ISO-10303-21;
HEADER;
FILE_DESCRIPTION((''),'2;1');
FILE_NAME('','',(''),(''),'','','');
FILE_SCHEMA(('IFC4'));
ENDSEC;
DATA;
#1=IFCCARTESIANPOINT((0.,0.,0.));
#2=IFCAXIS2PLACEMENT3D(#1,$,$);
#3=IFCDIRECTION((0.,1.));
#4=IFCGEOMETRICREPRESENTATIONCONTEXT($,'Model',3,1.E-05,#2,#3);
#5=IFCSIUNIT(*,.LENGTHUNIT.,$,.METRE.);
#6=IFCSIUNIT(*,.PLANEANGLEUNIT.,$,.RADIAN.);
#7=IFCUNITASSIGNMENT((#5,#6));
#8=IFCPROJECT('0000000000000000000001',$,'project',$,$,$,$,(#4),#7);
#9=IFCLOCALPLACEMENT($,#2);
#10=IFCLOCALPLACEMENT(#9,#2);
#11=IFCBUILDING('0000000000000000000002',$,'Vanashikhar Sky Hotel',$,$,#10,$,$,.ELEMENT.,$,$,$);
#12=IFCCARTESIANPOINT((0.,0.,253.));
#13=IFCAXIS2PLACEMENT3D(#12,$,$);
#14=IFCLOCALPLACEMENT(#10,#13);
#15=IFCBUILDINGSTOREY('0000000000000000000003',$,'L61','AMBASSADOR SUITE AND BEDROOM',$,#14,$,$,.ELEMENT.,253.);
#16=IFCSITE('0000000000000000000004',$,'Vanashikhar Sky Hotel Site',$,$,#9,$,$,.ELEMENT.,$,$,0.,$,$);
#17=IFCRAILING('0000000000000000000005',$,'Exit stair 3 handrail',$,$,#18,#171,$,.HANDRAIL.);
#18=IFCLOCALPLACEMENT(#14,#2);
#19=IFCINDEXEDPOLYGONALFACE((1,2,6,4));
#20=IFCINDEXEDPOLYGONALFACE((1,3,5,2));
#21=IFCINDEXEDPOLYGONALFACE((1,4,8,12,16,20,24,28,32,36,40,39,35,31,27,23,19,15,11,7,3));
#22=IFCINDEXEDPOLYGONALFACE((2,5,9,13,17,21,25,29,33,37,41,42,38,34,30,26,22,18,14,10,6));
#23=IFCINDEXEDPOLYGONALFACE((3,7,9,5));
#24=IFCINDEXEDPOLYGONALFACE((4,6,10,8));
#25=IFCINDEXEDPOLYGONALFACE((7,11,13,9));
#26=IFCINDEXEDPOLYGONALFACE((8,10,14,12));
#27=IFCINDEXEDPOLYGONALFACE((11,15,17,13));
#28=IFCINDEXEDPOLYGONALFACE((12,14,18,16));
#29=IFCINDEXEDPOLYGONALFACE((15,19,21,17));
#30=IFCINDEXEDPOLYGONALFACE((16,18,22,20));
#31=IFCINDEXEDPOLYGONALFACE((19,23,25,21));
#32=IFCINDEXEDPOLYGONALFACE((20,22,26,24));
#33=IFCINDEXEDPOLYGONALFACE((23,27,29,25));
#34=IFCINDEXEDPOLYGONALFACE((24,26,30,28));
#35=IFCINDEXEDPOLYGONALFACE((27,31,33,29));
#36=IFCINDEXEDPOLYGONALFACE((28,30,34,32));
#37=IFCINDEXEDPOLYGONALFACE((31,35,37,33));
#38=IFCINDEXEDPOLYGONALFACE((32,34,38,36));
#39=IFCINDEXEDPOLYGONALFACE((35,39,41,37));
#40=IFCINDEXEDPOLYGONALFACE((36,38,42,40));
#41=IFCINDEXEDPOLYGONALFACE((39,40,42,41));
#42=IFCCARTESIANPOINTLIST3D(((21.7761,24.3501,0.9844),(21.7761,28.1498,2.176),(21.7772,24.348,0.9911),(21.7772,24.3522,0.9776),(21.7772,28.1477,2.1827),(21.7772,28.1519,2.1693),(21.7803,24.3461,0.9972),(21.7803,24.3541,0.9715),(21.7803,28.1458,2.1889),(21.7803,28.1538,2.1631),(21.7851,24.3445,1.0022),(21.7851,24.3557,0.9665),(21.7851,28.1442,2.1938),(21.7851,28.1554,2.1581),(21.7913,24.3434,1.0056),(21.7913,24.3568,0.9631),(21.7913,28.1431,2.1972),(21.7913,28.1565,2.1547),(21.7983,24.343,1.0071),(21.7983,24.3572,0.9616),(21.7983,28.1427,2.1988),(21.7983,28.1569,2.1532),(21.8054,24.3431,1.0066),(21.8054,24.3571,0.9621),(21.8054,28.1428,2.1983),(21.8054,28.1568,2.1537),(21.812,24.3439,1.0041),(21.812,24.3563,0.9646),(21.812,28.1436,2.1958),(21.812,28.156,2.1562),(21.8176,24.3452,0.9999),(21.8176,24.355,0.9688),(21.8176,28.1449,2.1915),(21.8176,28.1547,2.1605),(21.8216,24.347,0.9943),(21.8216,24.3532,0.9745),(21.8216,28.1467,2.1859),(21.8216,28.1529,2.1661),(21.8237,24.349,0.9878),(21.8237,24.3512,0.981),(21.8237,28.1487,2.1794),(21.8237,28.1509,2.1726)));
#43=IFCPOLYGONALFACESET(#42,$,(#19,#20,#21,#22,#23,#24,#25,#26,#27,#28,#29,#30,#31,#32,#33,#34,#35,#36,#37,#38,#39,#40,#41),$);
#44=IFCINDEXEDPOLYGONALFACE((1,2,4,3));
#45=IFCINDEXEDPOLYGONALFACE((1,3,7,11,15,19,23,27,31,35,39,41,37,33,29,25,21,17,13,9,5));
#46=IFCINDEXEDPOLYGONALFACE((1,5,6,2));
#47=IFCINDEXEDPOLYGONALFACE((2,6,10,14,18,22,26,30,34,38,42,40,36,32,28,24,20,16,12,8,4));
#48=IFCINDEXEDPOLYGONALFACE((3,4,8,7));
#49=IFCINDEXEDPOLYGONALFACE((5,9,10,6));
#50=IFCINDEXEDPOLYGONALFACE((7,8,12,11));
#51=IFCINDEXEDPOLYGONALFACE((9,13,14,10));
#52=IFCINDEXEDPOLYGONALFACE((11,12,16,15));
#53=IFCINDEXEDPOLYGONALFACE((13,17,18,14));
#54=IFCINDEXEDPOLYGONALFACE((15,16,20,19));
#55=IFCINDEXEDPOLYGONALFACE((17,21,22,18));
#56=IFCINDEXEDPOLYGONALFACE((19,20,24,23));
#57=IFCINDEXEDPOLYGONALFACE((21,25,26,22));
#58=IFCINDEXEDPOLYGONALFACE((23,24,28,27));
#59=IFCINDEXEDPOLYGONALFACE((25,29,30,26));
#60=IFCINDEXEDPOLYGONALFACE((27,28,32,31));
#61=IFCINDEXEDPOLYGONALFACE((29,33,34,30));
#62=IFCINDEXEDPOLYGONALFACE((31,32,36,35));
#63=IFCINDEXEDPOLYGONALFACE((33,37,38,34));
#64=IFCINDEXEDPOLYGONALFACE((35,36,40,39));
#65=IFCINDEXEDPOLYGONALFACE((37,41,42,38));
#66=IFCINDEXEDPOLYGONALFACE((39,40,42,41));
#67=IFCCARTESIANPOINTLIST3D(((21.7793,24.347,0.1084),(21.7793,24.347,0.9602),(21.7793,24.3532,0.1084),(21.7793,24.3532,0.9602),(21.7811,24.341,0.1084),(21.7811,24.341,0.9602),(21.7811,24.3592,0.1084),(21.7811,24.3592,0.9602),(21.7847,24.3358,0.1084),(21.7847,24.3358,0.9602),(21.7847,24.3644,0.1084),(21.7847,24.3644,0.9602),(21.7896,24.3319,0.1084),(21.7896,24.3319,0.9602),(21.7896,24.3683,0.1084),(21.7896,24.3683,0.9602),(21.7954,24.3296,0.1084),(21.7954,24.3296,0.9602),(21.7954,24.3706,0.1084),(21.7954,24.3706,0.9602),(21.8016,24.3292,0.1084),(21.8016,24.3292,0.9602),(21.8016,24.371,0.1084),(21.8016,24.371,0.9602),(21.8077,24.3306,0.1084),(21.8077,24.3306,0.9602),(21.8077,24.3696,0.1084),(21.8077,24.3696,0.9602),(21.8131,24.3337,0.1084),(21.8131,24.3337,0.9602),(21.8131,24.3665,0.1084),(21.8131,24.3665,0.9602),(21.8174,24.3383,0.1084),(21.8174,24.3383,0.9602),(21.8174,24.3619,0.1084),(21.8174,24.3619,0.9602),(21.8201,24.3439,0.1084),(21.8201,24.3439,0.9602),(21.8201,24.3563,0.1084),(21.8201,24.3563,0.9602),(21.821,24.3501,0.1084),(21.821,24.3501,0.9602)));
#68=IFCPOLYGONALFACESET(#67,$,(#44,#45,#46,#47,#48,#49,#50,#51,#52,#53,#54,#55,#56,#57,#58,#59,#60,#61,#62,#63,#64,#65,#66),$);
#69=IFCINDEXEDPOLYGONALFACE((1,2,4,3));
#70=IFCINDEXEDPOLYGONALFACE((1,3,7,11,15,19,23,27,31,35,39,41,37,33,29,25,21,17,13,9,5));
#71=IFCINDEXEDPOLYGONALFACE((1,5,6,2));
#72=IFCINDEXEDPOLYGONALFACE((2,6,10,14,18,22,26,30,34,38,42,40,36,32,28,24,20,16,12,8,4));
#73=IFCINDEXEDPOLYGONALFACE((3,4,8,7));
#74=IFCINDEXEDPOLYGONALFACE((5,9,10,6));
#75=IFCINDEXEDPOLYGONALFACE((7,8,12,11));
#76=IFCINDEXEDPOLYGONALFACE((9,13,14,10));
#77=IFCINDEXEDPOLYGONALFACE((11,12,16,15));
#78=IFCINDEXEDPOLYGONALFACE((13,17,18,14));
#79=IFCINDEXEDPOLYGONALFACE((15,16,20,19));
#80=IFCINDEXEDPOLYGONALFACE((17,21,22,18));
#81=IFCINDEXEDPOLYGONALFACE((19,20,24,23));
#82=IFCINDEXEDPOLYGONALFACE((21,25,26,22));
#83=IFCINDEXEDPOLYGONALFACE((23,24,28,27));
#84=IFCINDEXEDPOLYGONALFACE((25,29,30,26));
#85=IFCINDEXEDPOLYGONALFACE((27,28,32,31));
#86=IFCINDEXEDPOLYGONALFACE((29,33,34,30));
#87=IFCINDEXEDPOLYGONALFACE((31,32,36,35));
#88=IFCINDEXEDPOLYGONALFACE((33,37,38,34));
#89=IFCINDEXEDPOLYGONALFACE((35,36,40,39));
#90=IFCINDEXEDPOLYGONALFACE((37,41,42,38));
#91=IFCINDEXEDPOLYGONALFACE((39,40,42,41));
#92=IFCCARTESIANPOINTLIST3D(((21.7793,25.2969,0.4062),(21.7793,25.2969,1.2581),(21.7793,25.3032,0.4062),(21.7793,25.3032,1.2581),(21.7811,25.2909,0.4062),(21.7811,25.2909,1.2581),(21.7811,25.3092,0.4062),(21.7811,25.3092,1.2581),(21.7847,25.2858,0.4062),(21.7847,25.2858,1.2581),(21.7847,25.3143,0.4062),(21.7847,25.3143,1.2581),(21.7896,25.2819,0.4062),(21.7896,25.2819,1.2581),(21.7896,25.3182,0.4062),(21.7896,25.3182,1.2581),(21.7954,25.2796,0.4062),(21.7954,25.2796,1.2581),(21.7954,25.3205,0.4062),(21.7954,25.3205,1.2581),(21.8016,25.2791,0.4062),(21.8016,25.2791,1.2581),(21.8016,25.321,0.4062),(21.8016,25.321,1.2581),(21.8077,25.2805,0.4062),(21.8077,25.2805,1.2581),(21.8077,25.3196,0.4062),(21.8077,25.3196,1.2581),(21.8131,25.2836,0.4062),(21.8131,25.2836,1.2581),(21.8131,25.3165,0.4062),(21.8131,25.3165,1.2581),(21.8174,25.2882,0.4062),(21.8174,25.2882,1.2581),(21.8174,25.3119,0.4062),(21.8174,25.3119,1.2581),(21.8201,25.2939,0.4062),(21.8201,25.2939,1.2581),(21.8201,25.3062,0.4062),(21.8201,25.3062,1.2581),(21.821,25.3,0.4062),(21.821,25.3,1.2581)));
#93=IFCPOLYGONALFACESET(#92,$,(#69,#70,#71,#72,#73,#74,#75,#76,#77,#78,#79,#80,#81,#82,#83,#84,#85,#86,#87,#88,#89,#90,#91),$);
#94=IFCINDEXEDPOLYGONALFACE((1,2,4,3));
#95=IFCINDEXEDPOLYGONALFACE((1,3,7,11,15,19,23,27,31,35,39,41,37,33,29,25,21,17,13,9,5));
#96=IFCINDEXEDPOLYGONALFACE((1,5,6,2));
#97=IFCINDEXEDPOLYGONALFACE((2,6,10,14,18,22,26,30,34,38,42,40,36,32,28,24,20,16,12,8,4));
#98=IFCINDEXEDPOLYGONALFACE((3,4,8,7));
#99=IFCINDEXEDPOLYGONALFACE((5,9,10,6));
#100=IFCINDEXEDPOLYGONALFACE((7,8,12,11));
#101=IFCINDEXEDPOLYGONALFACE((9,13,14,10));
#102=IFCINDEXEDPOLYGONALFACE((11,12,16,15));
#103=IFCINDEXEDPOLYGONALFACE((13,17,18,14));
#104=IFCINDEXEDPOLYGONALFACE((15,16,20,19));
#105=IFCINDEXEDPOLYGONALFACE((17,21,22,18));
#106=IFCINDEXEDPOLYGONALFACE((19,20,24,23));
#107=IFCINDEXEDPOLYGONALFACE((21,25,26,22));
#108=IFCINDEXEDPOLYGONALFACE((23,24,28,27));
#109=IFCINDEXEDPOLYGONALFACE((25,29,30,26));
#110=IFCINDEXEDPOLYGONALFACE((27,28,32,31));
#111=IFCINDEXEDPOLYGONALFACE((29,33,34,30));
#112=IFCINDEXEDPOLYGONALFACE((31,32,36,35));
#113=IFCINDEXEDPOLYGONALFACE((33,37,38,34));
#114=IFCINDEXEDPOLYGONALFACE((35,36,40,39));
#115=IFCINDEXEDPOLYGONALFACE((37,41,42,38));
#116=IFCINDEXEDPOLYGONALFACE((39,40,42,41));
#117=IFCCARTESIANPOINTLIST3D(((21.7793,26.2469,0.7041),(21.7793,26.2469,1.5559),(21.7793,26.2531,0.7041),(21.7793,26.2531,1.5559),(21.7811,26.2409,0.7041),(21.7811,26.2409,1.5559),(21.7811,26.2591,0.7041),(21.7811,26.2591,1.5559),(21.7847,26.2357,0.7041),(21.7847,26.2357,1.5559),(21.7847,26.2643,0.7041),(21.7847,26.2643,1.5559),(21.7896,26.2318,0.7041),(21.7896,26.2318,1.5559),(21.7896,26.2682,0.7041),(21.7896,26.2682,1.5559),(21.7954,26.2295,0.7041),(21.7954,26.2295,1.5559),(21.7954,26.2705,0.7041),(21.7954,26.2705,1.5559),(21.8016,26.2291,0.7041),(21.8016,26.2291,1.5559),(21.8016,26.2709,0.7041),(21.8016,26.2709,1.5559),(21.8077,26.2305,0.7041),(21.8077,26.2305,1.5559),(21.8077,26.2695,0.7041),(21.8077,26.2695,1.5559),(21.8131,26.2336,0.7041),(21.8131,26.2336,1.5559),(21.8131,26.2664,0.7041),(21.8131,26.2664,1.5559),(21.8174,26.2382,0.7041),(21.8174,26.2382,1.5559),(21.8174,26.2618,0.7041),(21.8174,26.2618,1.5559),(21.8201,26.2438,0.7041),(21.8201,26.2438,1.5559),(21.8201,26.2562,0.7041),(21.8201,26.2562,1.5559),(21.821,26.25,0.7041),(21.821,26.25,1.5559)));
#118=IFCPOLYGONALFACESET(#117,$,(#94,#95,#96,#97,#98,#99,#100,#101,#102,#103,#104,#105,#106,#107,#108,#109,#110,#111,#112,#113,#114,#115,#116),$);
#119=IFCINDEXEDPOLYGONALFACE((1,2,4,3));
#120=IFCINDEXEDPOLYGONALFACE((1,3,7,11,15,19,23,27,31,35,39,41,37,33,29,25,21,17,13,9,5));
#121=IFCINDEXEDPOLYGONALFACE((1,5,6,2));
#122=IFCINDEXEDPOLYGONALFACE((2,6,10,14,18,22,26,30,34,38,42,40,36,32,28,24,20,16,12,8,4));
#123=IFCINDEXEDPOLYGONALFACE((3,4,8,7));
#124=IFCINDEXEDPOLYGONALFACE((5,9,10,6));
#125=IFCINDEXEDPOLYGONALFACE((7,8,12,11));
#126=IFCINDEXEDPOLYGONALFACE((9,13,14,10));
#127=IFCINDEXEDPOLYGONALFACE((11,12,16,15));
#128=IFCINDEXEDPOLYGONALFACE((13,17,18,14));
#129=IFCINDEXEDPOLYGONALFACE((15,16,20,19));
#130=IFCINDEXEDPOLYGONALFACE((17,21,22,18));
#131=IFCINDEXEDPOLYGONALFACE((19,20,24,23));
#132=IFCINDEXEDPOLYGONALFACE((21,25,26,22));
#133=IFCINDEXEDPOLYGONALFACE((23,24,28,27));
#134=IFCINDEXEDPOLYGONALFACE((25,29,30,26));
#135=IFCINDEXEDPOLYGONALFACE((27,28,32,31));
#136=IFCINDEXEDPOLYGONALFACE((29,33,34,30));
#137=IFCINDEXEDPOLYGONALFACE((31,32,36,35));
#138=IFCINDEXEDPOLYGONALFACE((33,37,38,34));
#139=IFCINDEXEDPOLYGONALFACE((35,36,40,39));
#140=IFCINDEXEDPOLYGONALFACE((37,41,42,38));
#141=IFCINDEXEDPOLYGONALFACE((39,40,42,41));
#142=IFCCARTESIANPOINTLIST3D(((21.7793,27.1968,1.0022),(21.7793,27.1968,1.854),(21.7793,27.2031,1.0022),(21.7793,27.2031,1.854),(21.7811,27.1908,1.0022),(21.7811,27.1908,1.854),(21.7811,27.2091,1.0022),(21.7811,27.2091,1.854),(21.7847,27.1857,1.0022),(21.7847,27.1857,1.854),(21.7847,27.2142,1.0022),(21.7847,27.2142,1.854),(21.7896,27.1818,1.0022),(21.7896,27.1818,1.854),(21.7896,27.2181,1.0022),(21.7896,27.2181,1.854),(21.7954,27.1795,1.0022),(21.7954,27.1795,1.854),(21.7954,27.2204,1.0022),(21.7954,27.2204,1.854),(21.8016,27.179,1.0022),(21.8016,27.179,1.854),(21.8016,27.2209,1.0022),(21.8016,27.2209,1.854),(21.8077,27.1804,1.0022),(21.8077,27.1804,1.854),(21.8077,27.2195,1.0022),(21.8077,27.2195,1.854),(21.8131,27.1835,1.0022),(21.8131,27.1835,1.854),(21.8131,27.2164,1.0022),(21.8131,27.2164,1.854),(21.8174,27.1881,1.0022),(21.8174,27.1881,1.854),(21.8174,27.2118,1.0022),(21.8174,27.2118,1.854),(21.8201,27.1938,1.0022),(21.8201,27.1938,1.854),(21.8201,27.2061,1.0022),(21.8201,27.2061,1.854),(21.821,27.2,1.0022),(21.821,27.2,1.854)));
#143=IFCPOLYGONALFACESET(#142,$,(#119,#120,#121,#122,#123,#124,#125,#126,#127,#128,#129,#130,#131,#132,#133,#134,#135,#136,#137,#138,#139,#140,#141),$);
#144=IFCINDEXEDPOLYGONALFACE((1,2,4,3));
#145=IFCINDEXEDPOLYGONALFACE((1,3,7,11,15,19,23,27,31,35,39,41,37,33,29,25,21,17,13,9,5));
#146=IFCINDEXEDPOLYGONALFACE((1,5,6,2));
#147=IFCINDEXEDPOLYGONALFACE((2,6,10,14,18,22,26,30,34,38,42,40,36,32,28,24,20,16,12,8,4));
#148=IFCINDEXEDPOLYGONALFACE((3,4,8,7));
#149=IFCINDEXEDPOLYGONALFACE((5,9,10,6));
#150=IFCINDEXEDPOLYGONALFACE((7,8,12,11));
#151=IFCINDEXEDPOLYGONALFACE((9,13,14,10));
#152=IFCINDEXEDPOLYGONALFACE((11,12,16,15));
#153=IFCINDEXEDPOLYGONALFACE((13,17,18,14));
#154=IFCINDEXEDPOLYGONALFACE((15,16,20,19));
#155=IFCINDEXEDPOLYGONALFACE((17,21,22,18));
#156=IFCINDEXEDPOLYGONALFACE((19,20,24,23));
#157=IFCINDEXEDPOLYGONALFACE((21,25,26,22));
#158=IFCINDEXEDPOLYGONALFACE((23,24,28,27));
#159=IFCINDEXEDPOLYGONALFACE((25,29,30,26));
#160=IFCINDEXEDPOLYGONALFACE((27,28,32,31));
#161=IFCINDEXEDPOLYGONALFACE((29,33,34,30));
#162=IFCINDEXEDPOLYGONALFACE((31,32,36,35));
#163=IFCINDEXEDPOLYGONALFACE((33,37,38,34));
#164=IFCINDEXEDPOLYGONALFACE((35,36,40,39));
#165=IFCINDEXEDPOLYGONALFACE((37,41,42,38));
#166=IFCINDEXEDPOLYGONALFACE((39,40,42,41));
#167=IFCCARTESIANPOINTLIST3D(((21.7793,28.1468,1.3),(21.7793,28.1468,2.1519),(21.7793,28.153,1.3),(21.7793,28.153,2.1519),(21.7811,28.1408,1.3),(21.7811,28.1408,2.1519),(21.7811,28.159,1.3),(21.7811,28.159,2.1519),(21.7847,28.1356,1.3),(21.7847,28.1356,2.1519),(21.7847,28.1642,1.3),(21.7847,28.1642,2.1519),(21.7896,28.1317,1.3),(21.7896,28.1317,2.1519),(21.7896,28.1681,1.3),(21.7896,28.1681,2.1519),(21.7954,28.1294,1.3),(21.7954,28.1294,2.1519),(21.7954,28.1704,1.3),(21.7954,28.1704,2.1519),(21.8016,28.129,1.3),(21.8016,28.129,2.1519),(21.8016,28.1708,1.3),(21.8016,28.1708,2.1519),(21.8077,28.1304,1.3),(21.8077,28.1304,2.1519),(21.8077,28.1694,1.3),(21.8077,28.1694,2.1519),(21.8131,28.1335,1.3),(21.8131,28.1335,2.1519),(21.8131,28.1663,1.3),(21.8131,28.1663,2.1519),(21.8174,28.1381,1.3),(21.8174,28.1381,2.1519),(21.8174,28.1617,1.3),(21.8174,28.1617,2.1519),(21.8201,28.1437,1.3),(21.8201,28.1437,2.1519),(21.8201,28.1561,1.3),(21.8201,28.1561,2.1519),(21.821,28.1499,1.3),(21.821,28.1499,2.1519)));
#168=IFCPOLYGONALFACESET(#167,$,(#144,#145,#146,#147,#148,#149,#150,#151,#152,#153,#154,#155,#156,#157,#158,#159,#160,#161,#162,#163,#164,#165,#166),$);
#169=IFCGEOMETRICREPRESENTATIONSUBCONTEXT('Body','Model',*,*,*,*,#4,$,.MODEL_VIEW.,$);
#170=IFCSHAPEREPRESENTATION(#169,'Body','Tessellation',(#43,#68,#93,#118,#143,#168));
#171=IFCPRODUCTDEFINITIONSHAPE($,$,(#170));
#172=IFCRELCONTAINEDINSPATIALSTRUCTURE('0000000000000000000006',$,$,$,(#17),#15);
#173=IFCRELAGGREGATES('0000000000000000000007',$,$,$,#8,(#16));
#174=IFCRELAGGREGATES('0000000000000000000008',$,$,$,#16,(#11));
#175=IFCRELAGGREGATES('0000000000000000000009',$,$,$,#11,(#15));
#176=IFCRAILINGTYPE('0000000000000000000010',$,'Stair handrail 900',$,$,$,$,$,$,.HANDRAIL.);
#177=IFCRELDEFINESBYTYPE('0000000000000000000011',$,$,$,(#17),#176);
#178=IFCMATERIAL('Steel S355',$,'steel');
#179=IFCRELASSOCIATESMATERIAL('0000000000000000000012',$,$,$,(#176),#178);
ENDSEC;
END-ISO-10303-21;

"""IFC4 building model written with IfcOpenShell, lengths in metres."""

from ifc_helpers import new_model, si_unit, direction, frame, origin, origin_2d, place, context, subcontext, project, spatial, circle, extrude, source, transform, mapped, material, type_object, element, save


model = new_model("IFC4")

# Units and contexts
model_context = context("Model", 3, precision=1e-05, world=origin(), true_north=direction((0.0, 1.0)))
body_context = subcontext(model_context, "Body", "Model", "MODEL_VIEW")
ifc_project = project(units=[si_unit("LENGTHUNIT", "METRE"), si_unit("PLANEANGLEUNIT", "RADIAN")], contexts=[model_context])

# Site, building, storey
site_placement = place(None, origin())
site = spatial("IfcSite", under=ifc_project, at=site_placement, Name="Vanashikhar Sky Hotel Site", CompositionType="ELEMENT", RefElevation=0.0)
building_placement = place(site_placement, origin())
building = spatial("IfcBuilding", under=site, at=building_placement, Name="Vanashikhar Sky Hotel", CompositionType="ELEMENT")
storey_placement = place(building_placement, frame((0.0, 0.0, 253.0)))
storey = spatial("IfcBuildingStorey", under=building, at=storey_placement, Name="L61", Description="AMBASSADOR SUITE AND BEDROOM", CompositionType="ELEMENT", Elevation=253.0)

# Railing
ifc_material_1 = material(Name="Steel S355", Category="steel")
railing_type_1 = type_object("IfcRailingType", Name="Stair handrail 900", PredefinedType="HANDRAIL", material=ifc_material_1)
shared_shape_1 = source(origin(), body_context, "Body", "SweptSolid", [
    extrude(circle(Radius=0.0239, at=origin_2d()), frame((0.0, 0.0, 0.876), z_axis=(0.0, 0.954178, 0.299238), x_axis=(-1.0, 0.0, 0.0)), (0.0, 0.0, 1.0), 3.9822),
    extrude(circle(Radius=0.021, at=origin_2d()), origin(), (0.0, 0.0, 1.0), 0.8518),
    extrude(circle(Radius=0.021, at=origin_2d()), frame((0.0, 0.95, 0.2979)), (0.0, 0.0, 1.0), 0.8518),
    extrude(circle(Radius=0.021, at=origin_2d()), frame((0.0, 1.8999, 0.5957)), (0.0, 0.0, 1.0), 0.8518),
    extrude(circle(Radius=0.021, at=origin_2d()), frame((0.0, 2.8499, 0.8938)), (0.0, 0.0, 1.0), 0.8518),
    extrude(circle(Radius=0.021, at=origin_2d()), frame((0.0, 3.7998, 1.1917)), (0.0, 0.0, 1.0), 0.8518),
])
for number, where, name in (
    (1, (21.8, 24.3501, 0.1084), "Exit stair 3 handrail"),
):
    element("IfcRailing", number, at=place(storey_placement, frame(where)), inside=storey, type_object=railing_type_1, Name=name, PredefinedType="HANDRAIL", context=body_context, shape_type="MappedRepresentation", body=[
        mapped(shared_shape_1, transform((0.0, 0.0, 0.0), scale=1.0)),
    ])

save(model, "model.ifc")
